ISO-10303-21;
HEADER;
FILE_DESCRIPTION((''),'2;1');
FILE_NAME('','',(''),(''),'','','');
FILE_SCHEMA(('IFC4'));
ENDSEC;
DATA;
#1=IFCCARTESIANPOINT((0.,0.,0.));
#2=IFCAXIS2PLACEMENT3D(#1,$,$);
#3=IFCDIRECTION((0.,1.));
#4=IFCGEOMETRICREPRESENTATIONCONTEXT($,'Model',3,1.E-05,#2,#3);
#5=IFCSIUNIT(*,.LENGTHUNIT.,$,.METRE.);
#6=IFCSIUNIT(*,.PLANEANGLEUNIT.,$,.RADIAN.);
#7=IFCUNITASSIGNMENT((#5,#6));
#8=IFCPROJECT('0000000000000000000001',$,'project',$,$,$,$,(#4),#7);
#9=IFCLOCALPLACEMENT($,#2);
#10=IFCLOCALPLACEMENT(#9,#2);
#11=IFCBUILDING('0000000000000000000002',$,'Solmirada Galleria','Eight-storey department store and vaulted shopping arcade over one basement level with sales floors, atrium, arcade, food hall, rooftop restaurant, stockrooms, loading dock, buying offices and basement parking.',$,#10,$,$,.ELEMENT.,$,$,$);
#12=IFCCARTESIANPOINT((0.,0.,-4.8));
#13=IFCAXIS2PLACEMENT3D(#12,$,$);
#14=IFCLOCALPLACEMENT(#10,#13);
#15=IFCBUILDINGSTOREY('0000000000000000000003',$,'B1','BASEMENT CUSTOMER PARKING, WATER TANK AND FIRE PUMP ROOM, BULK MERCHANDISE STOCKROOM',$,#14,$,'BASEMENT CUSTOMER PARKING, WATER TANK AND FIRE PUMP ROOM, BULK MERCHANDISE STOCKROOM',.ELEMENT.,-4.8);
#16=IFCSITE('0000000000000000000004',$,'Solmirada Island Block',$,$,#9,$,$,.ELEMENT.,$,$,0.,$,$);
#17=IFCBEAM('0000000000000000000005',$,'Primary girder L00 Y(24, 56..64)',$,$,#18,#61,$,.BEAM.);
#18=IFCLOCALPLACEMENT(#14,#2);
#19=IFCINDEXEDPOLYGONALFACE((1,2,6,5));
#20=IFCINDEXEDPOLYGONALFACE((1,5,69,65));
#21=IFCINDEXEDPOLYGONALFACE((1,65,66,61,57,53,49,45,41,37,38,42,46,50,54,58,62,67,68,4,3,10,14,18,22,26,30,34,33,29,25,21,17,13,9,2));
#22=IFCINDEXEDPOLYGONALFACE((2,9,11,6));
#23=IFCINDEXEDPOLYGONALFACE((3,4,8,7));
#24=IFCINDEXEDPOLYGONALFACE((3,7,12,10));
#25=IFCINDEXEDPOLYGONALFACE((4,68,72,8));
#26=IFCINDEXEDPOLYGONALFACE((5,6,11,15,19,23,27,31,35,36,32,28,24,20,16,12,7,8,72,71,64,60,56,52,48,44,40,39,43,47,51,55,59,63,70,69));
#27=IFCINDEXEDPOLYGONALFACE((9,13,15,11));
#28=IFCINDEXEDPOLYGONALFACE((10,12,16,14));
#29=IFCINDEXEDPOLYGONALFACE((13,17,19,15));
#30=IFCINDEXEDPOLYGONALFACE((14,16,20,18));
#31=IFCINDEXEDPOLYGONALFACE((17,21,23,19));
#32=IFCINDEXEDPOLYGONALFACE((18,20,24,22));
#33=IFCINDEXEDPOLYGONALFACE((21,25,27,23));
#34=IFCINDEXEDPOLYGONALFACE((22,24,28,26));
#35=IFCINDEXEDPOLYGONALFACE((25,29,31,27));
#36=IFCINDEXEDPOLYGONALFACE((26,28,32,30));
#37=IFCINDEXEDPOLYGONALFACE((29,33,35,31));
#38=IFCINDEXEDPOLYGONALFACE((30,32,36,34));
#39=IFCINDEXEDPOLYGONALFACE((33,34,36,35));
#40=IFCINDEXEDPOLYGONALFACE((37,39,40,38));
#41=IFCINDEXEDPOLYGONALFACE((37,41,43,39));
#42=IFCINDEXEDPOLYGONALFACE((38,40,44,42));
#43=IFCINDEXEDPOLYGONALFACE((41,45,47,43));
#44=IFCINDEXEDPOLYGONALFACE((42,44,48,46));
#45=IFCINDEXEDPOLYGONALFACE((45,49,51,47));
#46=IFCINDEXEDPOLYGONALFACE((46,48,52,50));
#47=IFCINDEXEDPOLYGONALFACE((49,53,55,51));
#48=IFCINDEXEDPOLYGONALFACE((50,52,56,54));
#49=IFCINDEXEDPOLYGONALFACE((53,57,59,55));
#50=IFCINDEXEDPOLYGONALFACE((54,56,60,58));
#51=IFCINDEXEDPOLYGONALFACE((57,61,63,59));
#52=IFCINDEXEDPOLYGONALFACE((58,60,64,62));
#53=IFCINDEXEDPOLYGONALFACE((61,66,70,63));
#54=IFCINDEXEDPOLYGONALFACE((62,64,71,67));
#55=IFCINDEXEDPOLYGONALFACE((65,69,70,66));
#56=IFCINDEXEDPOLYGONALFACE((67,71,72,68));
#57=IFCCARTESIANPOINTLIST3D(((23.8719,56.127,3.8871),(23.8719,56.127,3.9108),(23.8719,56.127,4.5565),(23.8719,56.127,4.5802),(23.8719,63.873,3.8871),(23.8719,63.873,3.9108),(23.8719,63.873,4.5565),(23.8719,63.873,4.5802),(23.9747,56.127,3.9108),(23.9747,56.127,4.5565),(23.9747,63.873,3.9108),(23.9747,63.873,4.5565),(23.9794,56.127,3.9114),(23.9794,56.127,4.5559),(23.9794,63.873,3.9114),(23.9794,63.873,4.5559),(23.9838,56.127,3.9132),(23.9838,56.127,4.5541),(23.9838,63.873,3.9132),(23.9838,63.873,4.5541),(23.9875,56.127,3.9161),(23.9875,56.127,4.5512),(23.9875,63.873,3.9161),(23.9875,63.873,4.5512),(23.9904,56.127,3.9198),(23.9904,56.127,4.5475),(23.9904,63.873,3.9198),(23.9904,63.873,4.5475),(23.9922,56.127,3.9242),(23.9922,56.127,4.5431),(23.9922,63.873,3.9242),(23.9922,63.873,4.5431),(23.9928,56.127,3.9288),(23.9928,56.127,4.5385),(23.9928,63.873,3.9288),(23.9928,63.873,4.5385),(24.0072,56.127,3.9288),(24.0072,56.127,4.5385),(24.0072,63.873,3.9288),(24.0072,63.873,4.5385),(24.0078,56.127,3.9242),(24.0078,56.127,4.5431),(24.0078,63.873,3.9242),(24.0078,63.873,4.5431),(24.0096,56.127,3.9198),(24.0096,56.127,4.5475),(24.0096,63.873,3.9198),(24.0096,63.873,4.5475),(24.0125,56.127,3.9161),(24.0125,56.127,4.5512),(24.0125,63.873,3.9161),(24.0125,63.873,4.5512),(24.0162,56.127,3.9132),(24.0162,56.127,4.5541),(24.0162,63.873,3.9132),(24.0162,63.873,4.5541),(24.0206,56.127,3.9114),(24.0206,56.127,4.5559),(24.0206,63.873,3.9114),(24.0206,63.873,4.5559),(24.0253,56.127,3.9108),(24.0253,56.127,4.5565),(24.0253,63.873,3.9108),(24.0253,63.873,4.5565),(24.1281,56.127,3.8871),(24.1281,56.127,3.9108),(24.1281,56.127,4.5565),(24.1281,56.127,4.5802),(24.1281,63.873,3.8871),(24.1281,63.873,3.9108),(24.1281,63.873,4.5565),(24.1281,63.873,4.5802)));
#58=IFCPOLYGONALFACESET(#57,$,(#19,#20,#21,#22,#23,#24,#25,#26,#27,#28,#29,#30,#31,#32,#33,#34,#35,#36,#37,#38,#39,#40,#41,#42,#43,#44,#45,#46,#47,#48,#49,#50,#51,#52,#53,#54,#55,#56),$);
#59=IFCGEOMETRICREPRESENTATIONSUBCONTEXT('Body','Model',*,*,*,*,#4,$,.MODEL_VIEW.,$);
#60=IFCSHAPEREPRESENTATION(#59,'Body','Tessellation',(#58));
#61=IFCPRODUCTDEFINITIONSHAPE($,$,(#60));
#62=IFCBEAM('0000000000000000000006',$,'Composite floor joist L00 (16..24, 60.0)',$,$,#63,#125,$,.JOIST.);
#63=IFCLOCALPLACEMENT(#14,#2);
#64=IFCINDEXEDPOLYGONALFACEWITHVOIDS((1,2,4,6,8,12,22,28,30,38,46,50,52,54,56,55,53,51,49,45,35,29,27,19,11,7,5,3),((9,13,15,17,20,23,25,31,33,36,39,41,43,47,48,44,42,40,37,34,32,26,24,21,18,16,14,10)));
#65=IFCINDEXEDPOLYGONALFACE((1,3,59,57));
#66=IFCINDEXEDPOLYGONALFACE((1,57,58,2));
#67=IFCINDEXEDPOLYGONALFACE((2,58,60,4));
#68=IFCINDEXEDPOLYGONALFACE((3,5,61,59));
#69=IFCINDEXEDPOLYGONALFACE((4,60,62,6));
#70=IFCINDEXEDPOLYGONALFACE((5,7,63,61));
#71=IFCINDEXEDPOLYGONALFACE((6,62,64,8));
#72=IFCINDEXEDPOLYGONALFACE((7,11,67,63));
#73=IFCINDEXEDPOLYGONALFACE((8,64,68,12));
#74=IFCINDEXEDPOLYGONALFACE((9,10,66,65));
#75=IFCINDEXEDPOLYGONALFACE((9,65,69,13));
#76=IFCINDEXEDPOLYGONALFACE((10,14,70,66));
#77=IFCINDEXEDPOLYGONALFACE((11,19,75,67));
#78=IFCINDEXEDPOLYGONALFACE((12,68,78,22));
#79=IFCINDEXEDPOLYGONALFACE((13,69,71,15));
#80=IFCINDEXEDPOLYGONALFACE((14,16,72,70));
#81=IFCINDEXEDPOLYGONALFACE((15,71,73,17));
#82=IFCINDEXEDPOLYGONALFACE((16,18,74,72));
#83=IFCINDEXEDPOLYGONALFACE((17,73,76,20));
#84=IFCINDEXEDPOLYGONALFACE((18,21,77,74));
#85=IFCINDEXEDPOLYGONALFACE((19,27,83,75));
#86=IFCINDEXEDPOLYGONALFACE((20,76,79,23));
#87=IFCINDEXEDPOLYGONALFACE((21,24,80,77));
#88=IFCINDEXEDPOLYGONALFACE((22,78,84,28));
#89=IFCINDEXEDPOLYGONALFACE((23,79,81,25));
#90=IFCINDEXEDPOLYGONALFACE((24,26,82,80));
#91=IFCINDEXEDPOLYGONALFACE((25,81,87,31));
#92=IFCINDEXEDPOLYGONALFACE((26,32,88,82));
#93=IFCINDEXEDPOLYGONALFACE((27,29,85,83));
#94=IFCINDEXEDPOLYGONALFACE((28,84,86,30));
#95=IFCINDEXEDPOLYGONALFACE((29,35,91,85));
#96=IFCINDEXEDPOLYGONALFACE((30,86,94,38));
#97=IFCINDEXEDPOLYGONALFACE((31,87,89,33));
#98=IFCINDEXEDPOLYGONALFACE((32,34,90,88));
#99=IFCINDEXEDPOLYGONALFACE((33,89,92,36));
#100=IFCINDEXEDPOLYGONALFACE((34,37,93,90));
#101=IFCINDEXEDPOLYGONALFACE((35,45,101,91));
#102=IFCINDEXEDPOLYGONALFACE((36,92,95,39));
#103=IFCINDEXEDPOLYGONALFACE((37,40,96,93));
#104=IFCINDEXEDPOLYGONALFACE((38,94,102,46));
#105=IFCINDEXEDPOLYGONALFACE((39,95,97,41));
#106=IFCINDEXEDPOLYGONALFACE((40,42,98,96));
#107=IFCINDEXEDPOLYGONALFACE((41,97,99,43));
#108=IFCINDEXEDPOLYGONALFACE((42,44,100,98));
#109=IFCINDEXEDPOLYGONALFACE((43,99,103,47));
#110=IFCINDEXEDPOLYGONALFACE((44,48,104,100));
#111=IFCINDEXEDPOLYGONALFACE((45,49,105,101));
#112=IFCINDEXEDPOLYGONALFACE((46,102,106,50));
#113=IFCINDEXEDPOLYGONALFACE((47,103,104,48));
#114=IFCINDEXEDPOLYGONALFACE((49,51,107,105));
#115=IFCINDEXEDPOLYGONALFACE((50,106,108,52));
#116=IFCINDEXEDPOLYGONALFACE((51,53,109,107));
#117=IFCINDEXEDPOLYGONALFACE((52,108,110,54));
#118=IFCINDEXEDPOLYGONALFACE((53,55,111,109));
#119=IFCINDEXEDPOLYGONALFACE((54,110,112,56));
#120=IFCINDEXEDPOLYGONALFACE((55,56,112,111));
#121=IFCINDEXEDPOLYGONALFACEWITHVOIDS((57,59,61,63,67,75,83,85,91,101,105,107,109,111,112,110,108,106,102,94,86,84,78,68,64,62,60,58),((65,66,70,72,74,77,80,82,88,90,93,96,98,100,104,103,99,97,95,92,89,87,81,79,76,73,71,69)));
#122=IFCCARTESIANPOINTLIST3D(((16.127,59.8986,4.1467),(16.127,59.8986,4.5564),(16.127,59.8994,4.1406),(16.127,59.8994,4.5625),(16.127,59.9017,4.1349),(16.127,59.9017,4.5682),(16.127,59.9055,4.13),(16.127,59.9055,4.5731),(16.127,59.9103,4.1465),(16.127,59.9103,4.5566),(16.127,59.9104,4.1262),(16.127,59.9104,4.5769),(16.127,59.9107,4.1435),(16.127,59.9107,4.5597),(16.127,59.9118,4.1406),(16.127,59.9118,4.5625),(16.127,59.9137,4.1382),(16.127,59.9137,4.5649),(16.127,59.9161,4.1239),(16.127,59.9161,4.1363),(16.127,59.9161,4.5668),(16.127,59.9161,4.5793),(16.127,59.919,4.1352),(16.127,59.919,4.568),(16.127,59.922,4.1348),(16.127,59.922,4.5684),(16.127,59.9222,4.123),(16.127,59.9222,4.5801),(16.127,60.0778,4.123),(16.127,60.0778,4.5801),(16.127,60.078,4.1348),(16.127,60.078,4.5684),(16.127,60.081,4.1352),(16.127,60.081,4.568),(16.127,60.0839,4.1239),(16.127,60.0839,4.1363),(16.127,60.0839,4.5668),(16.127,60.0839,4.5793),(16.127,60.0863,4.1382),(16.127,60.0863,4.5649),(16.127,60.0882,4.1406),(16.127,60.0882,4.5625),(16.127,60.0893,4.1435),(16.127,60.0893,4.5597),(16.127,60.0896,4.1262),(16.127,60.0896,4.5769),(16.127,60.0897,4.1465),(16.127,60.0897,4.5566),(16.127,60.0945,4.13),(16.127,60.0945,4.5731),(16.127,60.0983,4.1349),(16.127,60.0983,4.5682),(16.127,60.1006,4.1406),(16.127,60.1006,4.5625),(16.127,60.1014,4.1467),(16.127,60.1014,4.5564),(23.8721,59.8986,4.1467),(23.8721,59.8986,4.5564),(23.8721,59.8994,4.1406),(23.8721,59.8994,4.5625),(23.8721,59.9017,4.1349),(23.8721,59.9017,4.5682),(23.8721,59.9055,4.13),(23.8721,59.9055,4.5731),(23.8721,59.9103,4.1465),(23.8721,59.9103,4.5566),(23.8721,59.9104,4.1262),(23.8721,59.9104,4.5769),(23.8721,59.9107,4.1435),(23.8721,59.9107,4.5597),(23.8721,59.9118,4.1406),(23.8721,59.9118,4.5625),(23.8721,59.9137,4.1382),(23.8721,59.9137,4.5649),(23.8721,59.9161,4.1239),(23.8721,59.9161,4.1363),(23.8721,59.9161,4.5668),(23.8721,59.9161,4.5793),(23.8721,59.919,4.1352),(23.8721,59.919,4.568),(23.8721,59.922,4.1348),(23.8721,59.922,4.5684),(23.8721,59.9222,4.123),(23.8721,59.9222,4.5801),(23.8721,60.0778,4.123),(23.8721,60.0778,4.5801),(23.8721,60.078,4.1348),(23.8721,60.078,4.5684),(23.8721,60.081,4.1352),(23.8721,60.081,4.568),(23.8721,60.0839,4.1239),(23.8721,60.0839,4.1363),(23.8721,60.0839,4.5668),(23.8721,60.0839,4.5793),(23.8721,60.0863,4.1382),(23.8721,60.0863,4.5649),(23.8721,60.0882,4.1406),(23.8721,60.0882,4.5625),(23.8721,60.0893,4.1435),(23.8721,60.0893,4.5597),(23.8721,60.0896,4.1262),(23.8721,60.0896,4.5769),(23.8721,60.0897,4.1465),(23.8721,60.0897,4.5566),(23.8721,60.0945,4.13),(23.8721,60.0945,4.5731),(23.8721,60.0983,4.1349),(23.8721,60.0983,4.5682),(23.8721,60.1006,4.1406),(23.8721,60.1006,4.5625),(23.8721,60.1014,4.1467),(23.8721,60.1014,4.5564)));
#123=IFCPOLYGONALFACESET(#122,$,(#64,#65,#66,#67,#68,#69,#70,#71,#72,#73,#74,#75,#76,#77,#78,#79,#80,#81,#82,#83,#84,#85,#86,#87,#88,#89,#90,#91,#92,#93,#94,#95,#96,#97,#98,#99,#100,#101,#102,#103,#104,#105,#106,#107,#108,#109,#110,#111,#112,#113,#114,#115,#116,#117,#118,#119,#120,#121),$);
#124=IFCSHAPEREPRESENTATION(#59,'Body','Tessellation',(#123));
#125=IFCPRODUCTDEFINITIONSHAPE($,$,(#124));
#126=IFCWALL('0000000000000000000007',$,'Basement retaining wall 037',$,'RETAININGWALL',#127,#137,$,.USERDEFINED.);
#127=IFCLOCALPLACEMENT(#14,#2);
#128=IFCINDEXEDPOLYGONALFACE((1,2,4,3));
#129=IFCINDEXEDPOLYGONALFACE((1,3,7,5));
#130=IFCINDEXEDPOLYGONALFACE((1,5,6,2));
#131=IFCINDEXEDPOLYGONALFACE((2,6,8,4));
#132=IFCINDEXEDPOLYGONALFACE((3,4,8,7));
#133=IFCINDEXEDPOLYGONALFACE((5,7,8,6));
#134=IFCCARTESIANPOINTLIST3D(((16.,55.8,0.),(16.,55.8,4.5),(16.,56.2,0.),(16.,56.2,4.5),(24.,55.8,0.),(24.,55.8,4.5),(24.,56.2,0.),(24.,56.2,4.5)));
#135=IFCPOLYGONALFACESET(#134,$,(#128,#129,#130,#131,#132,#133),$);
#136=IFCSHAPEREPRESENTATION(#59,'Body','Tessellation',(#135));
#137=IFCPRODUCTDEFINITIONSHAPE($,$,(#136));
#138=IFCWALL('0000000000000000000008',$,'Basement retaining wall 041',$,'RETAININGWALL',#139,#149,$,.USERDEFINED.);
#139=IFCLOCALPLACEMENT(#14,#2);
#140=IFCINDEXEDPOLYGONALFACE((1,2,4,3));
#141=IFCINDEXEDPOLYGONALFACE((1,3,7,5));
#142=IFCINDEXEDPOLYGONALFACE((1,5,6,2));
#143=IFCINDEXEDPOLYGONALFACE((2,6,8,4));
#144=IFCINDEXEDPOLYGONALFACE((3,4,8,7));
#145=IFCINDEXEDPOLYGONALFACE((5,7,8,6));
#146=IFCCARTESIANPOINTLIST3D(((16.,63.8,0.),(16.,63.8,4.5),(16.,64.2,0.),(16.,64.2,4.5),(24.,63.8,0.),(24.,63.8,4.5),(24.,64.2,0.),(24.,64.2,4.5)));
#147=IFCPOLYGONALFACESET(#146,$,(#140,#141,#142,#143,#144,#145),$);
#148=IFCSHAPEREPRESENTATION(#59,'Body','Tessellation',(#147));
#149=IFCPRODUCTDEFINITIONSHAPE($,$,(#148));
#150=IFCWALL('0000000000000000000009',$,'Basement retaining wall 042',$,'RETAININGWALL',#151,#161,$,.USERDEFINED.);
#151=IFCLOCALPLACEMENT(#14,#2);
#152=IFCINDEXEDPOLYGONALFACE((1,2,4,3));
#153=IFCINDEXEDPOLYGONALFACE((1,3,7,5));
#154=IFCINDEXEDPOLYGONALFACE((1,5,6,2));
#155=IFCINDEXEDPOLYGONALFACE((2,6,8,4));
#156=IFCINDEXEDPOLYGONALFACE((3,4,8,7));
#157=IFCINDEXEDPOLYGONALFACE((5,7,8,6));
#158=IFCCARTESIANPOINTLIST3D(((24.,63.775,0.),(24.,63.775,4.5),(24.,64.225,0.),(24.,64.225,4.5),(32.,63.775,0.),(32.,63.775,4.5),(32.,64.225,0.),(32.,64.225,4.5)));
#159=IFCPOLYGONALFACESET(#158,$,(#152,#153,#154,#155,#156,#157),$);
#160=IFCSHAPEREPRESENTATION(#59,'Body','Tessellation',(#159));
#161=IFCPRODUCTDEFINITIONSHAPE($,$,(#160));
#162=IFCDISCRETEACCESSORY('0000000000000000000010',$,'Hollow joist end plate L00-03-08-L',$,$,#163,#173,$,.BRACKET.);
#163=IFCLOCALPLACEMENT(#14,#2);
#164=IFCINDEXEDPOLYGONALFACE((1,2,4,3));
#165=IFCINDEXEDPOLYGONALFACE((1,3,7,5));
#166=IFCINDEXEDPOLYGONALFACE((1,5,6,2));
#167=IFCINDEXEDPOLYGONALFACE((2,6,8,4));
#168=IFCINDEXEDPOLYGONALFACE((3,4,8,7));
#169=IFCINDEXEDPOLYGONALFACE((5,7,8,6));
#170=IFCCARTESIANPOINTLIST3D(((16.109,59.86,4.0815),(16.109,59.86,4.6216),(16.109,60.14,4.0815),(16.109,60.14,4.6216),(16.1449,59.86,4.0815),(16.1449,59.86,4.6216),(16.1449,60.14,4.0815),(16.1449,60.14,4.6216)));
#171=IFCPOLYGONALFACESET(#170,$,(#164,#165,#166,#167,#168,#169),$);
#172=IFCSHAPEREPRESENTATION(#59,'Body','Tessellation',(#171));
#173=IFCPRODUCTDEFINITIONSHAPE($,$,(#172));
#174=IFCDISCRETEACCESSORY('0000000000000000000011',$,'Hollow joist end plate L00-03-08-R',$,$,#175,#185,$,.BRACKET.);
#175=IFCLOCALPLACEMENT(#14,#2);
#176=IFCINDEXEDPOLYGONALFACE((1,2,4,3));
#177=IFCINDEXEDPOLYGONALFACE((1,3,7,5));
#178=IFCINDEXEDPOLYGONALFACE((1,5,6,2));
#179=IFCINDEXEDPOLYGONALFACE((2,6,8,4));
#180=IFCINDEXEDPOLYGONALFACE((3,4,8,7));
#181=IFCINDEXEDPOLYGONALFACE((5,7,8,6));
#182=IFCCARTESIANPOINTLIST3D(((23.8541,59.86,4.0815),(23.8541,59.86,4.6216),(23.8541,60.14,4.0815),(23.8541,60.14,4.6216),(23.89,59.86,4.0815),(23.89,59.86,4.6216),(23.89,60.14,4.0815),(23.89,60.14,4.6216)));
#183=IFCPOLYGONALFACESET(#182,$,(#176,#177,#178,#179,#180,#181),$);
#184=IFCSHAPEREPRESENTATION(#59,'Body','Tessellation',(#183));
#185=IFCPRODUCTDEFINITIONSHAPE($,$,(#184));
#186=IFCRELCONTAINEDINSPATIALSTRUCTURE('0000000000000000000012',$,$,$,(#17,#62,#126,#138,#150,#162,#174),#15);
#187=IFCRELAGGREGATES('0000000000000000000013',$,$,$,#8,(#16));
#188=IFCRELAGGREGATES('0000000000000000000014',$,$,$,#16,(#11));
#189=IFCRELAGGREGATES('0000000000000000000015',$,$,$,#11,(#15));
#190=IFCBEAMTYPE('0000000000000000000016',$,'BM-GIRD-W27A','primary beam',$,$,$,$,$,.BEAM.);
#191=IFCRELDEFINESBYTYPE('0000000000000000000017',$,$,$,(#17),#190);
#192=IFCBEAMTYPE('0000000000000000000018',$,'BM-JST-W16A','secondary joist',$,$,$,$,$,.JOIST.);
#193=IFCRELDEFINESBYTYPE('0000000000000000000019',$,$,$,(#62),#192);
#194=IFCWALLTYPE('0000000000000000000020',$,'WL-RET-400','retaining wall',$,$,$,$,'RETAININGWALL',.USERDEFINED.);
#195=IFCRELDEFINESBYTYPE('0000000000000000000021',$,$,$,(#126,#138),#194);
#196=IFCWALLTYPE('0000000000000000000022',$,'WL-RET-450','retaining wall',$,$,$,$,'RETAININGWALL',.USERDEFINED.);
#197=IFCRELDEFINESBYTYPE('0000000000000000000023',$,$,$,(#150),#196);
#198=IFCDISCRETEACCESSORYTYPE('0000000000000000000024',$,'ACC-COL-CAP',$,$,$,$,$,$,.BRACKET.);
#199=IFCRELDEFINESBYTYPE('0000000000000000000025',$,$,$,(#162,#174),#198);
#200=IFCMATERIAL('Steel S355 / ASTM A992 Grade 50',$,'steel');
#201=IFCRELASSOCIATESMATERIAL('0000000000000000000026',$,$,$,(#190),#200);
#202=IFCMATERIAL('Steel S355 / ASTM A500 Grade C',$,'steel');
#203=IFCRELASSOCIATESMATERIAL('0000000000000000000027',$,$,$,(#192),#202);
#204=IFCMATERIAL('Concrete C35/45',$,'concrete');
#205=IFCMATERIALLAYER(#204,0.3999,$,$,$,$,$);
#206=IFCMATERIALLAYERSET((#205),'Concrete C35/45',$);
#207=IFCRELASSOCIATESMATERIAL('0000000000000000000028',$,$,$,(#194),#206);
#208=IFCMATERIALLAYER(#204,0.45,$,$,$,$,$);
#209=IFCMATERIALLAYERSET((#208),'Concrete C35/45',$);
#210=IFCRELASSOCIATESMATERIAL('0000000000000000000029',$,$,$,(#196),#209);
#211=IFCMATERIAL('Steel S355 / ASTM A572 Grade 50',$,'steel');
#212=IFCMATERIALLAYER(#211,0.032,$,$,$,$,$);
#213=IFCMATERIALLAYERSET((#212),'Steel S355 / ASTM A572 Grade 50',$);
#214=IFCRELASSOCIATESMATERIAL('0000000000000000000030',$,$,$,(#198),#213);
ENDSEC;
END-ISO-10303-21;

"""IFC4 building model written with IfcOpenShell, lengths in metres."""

from ifc_helpers import new_model, si_unit, direction, frame, frame_2d, origin, origin_2d, place, context, subcontext, project, spatial, rectangle, hollow_rectangle, i_section, extrude, material, layer, layer_set, material_profile, profile_set, type_object, element, save


model = new_model("IFC4")

# Units and contexts
model_context = context("Model", 3, precision=1e-05, world=origin(), true_north=direction((0.0, 1.0)))
body_context = subcontext(model_context, "Body", "Model", "MODEL_VIEW")
ifc_project = project(units=[si_unit("LENGTHUNIT", "METRE"), si_unit("PLANEANGLEUNIT", "RADIAN")], contexts=[model_context])

# Site, building, storey
site_placement = place(None, origin())
site = spatial("IfcSite", under=ifc_project, at=site_placement, Name="Solmirada Island Block", CompositionType="ELEMENT", RefElevation=0.0)
building_placement = place(site_placement, origin())
building = spatial("IfcBuilding", under=site, at=building_placement, Name="Solmirada Galleria", Description="Eight-storey department store and vaulted shopping arcade over one basement level with sales floors, atrium, arcade, food hall, rooftop restaurant, stockrooms, loading dock, buying offices and basement parking.", CompositionType="ELEMENT")
storey_placement = place(building_placement, frame((0.0, 0.0, -4.8)))
storey = spatial("IfcBuildingStorey", under=building, at=storey_placement, Name="B1", Description="BASEMENT CUSTOMER PARKING, WATER TANK AND FIRE PUMP ROOM, BULK MERCHANDISE STOCKROOM", LongName="BASEMENT CUSTOMER PARKING, WATER TANK AND FIRE PUMP ROOM, BULK MERCHANDISE STOCKROOM", CompositionType="ELEMENT", Elevation=-4.8)

# Shared definitions
ifc_material_1 = material(Name="Concrete C35/45", Category="concrete")

# Shared definitions
ifc_material_2 = material(Name="Steel S355 / ASTM A500 Grade C", Category="steel")

# Beams
ifc_material_3 = material(Name="Steel S355 / ASTM A992 Grade 50", Category="steel")
ifc_material_profile_1 = material_profile(ifc_material_3, i_section(OverallWidth=0.2561, OverallDepth=0.6931, WebThickness=0.0144, FlangeThickness=0.0237, FilletRadius=0.0181, at=origin_2d()), Name="W27X114")
ifc_profile_set_1 = profile_set([ifc_material_profile_1], Name="Steel S355 / ASTM A992 Grade 50")
beam_type_1 = type_object("IfcBeamType", Name="BM-GIRD-W27A", Description="primary beam", PredefinedType="BEAM", material=ifc_profile_set_1)
beam_1_placement = place(storey_placement, frame((24.0, 56.127, 4.2336), z_axis=(0.0, 1.0, 0.0), x_axis=(-1.0, 0.0, 0.0)))
element("IfcBeam", 1, at=beam_1_placement, inside=storey, type_object=beam_type_1, Name="Primary girder L00 Y(24, 56..64)", PredefinedType="BEAM", context=body_context, shape_type="SweptSolid", body=[
    extrude(i_section(OverallWidth=0.2561, OverallDepth=0.6931, WebThickness=0.0144, FlangeThickness=0.0237, FilletRadius=0.0181, at=origin_2d()), origin(), (0.0, 0.0, 1.0), 7.7461),
])
ifc_material_profile_2 = material_profile(ifc_material_2, hollow_rectangle(XDim=0.2029, YDim=0.457, WallThickness=0.0117, InnerFilletRadius=0.0117, OuterFilletRadius=0.0237, at=origin_2d()), Name="HSS18X8X1/2")
ifc_profile_set_2 = profile_set([ifc_material_profile_2], Name="Steel S355 / ASTM A500 Grade C")
beam_type_2 = type_object("IfcBeamType", Name="BM-JST-W16A", Description="secondary joist", PredefinedType="JOIST", material=ifc_profile_set_2)
beam_2_placement = place(storey_placement, frame((16.127, 60.0, 4.3516), z_axis=(1.0, 0.0, 0.0), x_axis=(0.0, 1.0, 0.0)))
element("IfcBeam", 2, at=beam_2_placement, inside=storey, type_object=beam_type_2, Name="Composite floor joist L00 (16..24, 60.0)", PredefinedType="JOIST", context=body_context, shape_type="SweptSolid", body=[
    extrude(hollow_rectangle(XDim=0.2029, YDim=0.457, WallThickness=0.0117, InnerFilletRadius=0.0117, OuterFilletRadius=0.0237, at=origin_2d()), origin(), (0.0, 0.0, 1.0), 7.7451),
])

# Walls
ifc_layer_1 = layer(ifc_material_1, 0.3999)
ifc_layer_set_1 = layer_set([ifc_layer_1], Name="Concrete C35/45")
wall_type_1 = type_object("IfcWallType", Name="WL-RET-400", Description="retaining wall", ElementType="RETAININGWALL", PredefinedType="USERDEFINED", material=ifc_layer_set_1)
for number, where, z_axis, x_axis, name in (
    (3, (24.0, 56.0, 0.0), (0.0, 0.0, 1.0), (-1.0, 0.0, 0.0), "Basement retaining wall 037"),
    (4, (16.0, 64.0, 0.0), (0.0, 0.0, 1.0), (1.0, 0.0, 0.0), "Basement retaining wall 041"),
):
    element("IfcWall", number, at=place(storey_placement, frame(where, z_axis=z_axis, x_axis=x_axis)), inside=storey, type_object=wall_type_1, Name=name, ObjectType="RETAININGWALL", PredefinedType="USERDEFINED", context=body_context, shape_type="SweptSolid", body=[
        extrude(rectangle(XDim=8.0, YDim=0.3999, at=frame_2d((4.0, 0.0))), origin(), (0.0, 0.0, 1.0), 4.5),
    ])
ifc_layer_2 = layer(ifc_material_1, 0.45)
ifc_layer_set_2 = layer_set([ifc_layer_2], Name="Concrete C35/45")
wall_type_2 = type_object("IfcWallType", Name="WL-RET-450", Description="retaining wall", ElementType="RETAININGWALL", PredefinedType="USERDEFINED", material=ifc_layer_set_2)
wall_placement = place(storey_placement, frame((24.0, 64.0, 0.0), z_axis=(0.0, 0.0, 1.0), x_axis=(1.0, 0.0, 0.0)))
element("IfcWall", 5, at=wall_placement, inside=storey, type_object=wall_type_2, Name="Basement retaining wall 042", ObjectType="RETAININGWALL", PredefinedType="USERDEFINED", context=body_context, shape_type="SweptSolid", body=[
    extrude(rectangle(XDim=8.0, YDim=0.45, at=frame_2d((4.0, 0.0))), origin(), (0.0, 0.0, 1.0), 4.5),
])

# Discrete accessories
ifc_material_4 = material(Name="Steel S355 / ASTM A572 Grade 50", Category="steel")
ifc_layer_3 = layer(ifc_material_4, 0.032)
ifc_layer_set_3 = layer_set([ifc_layer_3], Name="Steel S355 / ASTM A572 Grade 50")
discrete_accessory_type = type_object("IfcDiscreteAccessoryType", Name="ACC-COL-CAP", PredefinedType="BRACKET", material=ifc_layer_set_3)
for number, where, z_axis, x_axis, name in (
    (6, (16.127, 60.0, 4.0815), (0.0, 0.0, 1.0), (1.0, 0.0, 0.0), "Hollow joist end plate L00-03-08-L"),
    (7, (23.8721, 60.0, 4.0815), (0.0, 0.0, 1.0), (1.0, 0.0, 0.0), "Hollow joist end plate L00-03-08-R"),
):
    element("IfcDiscreteAccessory", number, at=place(storey_placement, frame(where, z_axis=z_axis, x_axis=x_axis)), inside=storey, type_object=discrete_accessory_type, Name=name, PredefinedType="BRACKET", context=body_context, shape_type="SweptSolid", body=[
        extrude(rectangle(XDim=0.0359, YDim=0.28, at=origin_2d()), origin(), (0.0, 0.0, 1.0), 0.54),
    ])

save(model, "model.ifc")
